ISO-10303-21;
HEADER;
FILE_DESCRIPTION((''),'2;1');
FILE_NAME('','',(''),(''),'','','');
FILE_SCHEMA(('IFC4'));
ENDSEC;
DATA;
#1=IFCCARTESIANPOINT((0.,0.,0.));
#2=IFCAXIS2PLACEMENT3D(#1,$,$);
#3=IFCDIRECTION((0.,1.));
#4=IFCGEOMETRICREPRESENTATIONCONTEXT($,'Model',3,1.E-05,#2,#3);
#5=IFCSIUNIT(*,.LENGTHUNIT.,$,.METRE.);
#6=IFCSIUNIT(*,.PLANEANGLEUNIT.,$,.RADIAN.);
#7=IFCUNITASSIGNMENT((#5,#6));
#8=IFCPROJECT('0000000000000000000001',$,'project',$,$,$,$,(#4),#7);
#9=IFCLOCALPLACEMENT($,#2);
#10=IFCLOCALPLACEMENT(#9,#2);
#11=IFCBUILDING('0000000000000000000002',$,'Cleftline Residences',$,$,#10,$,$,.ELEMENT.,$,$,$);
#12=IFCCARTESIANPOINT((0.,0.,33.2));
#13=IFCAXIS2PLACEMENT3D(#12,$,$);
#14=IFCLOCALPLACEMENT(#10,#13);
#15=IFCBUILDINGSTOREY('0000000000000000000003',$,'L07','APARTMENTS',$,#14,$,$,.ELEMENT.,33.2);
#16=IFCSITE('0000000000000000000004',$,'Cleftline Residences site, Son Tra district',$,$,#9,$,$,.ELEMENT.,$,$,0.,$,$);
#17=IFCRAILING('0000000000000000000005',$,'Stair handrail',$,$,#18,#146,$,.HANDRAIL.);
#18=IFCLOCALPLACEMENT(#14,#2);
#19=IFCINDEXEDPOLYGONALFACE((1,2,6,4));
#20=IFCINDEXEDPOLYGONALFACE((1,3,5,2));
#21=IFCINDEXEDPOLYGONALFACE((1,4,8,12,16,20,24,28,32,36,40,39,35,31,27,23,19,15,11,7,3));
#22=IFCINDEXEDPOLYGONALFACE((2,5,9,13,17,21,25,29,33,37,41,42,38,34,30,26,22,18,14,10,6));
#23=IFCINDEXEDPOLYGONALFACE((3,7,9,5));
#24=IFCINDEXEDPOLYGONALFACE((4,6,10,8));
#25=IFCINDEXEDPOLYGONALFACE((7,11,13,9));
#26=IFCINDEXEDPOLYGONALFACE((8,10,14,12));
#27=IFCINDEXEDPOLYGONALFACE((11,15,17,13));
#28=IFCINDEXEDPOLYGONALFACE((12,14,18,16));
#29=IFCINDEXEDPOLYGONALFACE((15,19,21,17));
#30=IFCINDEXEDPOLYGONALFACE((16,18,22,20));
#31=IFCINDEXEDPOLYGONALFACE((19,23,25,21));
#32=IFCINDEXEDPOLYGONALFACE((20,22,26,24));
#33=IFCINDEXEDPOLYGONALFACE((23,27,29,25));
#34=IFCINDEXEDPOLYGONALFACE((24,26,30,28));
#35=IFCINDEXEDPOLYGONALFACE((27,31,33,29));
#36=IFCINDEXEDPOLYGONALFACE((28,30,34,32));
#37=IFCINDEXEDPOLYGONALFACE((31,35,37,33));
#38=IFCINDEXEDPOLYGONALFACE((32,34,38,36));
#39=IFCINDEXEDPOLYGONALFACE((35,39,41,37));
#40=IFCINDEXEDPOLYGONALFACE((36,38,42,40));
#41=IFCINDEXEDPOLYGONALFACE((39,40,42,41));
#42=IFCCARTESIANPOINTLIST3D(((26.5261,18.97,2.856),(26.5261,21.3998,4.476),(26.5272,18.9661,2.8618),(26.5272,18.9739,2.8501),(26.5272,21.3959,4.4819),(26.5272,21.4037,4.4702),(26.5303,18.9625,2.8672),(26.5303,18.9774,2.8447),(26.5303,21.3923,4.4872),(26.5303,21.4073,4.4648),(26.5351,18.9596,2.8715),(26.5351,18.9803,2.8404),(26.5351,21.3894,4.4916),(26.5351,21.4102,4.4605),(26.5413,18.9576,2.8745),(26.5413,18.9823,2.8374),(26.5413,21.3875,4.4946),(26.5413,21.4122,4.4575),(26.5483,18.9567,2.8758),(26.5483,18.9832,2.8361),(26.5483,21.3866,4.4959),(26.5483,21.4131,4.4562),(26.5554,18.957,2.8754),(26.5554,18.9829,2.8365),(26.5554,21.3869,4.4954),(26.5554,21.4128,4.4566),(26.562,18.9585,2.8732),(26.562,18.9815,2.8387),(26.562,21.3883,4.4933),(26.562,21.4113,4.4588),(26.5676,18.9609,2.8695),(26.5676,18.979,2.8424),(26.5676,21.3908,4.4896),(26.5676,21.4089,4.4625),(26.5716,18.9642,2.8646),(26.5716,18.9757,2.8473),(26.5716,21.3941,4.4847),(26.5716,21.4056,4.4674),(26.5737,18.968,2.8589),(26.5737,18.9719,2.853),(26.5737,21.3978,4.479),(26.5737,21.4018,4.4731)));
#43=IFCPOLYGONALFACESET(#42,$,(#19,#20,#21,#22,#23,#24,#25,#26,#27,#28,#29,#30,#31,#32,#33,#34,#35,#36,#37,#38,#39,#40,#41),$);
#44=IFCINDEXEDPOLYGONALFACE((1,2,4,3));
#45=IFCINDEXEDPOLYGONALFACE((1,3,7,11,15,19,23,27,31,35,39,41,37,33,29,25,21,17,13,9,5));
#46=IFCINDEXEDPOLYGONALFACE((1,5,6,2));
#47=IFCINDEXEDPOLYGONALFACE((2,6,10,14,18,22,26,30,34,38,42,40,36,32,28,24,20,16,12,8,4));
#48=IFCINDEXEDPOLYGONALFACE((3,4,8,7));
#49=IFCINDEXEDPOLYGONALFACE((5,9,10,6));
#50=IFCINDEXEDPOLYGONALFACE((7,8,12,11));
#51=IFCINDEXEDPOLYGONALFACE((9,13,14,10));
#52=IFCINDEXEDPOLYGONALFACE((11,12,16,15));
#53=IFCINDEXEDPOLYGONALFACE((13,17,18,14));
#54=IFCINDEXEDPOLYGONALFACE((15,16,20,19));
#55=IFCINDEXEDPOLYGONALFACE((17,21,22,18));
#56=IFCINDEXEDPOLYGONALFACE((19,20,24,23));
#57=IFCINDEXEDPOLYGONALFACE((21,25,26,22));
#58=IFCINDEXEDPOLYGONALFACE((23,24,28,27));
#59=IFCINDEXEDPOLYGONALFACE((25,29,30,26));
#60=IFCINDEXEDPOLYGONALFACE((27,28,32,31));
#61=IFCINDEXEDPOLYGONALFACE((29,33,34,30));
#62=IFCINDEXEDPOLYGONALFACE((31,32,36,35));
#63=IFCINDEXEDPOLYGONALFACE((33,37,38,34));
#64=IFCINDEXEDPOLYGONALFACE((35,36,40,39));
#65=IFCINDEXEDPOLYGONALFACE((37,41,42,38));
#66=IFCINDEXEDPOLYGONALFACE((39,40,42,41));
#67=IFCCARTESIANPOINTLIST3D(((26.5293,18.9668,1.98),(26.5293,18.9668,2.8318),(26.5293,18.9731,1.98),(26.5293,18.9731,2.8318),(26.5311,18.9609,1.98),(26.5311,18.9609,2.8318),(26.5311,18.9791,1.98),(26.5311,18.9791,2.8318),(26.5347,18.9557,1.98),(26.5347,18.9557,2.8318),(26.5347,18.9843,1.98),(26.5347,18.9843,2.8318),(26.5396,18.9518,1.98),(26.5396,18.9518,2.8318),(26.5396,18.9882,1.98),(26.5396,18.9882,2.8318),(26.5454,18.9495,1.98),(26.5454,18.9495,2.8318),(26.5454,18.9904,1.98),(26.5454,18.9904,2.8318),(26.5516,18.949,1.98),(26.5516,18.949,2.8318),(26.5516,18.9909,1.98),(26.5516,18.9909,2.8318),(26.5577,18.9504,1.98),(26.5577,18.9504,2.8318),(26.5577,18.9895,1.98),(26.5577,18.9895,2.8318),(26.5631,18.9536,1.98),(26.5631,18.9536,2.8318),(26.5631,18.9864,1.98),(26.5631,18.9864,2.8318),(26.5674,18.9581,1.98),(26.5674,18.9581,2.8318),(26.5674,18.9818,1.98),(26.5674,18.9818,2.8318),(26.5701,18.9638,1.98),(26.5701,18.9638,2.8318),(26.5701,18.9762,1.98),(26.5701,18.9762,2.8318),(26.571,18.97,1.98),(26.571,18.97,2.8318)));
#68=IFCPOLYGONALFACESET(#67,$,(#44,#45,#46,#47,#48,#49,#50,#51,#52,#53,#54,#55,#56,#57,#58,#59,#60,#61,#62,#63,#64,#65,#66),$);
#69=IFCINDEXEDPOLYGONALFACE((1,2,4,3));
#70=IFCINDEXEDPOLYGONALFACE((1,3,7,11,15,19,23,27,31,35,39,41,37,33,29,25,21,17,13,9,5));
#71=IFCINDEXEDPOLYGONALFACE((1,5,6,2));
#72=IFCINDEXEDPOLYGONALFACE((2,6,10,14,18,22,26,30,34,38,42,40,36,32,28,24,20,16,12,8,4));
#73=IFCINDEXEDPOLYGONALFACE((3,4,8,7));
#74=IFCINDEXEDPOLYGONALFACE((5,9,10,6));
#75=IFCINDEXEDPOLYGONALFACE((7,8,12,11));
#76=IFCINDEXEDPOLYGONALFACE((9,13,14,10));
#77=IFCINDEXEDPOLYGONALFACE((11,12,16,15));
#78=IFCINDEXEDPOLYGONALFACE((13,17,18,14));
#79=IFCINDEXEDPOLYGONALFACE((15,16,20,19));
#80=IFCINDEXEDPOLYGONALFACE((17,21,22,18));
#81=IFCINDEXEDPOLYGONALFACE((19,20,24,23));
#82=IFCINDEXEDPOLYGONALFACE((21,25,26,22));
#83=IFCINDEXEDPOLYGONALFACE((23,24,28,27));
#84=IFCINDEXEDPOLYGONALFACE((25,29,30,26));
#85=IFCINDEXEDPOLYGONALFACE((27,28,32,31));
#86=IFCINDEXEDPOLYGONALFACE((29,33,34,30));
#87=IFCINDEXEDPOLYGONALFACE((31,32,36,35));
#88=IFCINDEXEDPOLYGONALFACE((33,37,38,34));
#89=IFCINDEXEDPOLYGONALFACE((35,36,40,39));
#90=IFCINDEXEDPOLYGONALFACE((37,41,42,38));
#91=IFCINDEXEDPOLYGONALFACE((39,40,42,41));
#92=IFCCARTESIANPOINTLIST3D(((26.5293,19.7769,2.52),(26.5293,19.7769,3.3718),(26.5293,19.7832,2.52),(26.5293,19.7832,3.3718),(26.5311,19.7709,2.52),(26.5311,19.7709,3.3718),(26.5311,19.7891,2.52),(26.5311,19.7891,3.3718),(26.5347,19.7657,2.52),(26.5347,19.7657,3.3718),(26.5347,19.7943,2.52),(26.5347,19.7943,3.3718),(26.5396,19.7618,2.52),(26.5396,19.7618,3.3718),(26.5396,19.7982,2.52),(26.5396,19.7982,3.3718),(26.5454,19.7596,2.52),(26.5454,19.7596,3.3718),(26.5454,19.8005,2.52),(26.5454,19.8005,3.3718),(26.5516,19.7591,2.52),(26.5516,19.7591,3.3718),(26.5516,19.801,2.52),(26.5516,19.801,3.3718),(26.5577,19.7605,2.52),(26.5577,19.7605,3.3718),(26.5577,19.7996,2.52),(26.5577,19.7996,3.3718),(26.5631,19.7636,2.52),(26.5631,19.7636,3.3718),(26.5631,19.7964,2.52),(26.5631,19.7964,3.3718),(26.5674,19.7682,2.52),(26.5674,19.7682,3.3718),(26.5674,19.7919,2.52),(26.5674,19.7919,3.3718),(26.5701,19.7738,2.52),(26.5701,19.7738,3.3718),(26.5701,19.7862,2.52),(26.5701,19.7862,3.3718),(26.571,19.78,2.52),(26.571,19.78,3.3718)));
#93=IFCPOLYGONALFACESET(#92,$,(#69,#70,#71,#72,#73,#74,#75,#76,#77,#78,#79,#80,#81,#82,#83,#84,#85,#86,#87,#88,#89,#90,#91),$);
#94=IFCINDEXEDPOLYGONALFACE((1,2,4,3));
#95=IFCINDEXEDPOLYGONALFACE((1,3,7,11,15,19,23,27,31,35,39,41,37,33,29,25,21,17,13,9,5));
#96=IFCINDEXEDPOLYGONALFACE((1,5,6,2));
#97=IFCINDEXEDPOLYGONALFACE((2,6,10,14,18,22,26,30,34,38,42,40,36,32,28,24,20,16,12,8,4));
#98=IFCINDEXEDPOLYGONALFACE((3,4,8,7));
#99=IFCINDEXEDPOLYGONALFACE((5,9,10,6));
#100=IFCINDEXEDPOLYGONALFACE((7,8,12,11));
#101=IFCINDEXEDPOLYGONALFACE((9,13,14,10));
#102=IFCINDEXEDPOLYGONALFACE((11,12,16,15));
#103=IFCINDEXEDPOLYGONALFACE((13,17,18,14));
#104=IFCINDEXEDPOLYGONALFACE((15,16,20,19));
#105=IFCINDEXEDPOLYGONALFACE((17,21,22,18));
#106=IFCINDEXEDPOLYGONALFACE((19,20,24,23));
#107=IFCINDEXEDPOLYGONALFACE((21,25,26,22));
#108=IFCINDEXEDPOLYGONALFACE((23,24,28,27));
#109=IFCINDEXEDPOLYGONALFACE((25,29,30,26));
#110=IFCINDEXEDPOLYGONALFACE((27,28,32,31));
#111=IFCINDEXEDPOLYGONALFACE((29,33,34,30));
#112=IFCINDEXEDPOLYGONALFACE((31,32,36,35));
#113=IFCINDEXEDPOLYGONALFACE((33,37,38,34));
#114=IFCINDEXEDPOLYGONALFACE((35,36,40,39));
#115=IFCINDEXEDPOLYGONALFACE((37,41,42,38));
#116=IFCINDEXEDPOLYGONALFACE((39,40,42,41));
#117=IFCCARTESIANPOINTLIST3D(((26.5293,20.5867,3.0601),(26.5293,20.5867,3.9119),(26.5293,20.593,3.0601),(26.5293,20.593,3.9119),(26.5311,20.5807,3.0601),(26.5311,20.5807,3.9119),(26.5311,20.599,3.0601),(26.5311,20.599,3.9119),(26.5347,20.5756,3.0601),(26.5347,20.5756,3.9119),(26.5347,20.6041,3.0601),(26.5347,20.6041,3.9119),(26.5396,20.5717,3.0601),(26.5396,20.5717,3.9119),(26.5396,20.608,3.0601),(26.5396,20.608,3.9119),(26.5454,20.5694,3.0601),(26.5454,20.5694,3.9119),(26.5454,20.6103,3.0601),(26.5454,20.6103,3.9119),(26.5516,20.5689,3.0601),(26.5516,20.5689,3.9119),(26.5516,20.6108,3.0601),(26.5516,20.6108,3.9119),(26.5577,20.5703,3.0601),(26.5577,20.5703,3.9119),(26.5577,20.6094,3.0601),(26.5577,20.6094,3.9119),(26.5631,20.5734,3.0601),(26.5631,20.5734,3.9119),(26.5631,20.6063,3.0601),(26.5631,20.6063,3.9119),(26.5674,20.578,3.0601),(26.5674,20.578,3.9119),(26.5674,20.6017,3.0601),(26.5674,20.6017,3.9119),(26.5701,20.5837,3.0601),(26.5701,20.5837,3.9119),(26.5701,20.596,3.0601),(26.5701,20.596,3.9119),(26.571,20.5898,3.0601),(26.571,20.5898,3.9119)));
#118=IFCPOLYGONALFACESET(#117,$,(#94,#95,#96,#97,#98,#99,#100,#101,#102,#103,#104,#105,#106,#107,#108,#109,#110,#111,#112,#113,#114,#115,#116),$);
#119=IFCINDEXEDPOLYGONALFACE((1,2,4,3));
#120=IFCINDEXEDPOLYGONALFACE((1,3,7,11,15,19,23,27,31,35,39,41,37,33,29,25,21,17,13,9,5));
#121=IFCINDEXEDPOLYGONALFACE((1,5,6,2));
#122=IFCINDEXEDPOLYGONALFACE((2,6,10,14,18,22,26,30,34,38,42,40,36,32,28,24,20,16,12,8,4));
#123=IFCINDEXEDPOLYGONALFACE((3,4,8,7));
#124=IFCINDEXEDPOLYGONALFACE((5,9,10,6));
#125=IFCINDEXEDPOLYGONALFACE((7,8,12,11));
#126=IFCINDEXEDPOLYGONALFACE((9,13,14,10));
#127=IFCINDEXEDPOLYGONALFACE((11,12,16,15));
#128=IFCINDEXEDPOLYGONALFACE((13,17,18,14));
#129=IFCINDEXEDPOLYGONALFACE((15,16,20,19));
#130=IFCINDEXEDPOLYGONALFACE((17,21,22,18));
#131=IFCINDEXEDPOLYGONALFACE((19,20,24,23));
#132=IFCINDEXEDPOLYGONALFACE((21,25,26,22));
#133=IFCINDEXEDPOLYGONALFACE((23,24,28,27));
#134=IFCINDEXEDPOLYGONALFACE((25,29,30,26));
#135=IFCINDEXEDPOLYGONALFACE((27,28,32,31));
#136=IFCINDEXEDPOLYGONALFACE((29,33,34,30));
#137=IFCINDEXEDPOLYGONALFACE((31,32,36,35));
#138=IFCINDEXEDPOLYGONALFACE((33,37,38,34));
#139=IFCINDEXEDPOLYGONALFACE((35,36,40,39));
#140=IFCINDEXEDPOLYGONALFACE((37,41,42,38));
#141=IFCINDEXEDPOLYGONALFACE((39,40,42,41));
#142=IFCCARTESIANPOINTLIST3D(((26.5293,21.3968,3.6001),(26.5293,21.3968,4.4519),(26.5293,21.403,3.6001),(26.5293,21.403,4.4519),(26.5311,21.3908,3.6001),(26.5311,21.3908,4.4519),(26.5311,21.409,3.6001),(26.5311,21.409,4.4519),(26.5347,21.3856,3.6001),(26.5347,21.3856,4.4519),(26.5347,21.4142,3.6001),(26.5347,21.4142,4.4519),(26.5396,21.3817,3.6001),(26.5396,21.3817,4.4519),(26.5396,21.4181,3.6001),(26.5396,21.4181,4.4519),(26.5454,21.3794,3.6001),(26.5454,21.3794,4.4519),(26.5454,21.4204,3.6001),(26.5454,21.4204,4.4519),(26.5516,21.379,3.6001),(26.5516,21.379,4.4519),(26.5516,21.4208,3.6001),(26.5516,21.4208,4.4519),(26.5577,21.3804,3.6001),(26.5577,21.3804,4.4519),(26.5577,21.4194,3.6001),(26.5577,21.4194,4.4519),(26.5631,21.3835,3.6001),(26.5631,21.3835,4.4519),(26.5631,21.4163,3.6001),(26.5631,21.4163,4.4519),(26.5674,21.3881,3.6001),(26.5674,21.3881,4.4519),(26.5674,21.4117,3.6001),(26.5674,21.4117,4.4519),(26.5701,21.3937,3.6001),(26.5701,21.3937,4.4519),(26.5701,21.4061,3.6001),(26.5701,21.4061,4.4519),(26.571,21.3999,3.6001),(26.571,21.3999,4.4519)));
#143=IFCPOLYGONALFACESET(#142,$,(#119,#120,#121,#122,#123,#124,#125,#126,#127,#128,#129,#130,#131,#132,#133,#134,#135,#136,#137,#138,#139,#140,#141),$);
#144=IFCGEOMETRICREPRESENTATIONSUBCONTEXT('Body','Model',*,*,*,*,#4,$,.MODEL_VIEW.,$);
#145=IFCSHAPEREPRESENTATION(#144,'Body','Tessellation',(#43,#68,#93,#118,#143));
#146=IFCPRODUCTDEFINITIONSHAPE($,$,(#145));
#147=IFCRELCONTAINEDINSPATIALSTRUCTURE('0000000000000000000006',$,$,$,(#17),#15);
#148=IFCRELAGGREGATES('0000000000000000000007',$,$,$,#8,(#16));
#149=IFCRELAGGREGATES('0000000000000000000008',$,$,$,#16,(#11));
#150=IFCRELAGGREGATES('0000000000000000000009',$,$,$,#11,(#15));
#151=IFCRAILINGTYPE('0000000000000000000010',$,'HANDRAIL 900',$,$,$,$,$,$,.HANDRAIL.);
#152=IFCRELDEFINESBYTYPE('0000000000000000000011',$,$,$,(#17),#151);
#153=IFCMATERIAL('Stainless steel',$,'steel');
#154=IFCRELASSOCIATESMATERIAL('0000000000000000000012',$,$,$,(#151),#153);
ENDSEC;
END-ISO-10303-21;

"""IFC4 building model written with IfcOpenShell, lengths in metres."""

from ifc_helpers import new_model, si_unit, direction, frame, origin, origin_2d, place, context, subcontext, project, spatial, circle, extrude, material, type_object, element, save


model = new_model("IFC4")

# Units and contexts
model_context = context("Model", 3, precision=1e-05, world=origin(), true_north=direction((0.0, 1.0)))
body_context = subcontext(model_context, "Body", "Model", "MODEL_VIEW")
ifc_project = project(units=[si_unit("LENGTHUNIT", "METRE"), si_unit("PLANEANGLEUNIT", "RADIAN")], contexts=[model_context])

# Site, building, storey
site_placement = place(None, origin())
site = spatial("IfcSite", under=ifc_project, at=site_placement, Name="Cleftline Residences site, Son Tra district", CompositionType="ELEMENT", RefElevation=0.0)
building_placement = place(site_placement, origin())
building = spatial("IfcBuilding", under=site, at=building_placement, Name="Cleftline Residences", CompositionType="ELEMENT")
storey_placement = place(building_placement, frame((0.0, 0.0, 33.2)))
storey = spatial("IfcBuildingStorey", under=building, at=storey_placement, Name="L07", Description="APARTMENTS", CompositionType="ELEMENT", Elevation=33.2)

# Railing
ifc_material_1 = material(Name="Stainless steel", Category="steel")
railing_type = type_object("IfcRailingType", Name="HANDRAIL 900", PredefinedType="HANDRAIL", material=ifc_material_1)
railing_1_placement = place(storey_placement, frame((26.55, 18.97, 1.98)))
element("IfcRailing", 1, at=railing_1_placement, inside=storey, type_object=railing_type, Name="Stair handrail", PredefinedType="HANDRAIL", context=body_context, shape_type="SweptSolid", body=[
    extrude(circle(Radius=0.0239, at=origin_2d()), frame((0.0, 0.0, 0.876), z_axis=(0.0, 0.832025, 0.554739), x_axis=(-1.0, 0.0, 0.0)), (0.0, 0.0, 1.0), 2.9204),
    extrude(circle(Radius=0.021, at=origin_2d()), origin(), (0.0, 0.0, 1.0), 0.8518),
    extrude(circle(Radius=0.021, at=origin_2d()), frame((0.0, 0.8101, 0.54)), (0.0, 0.0, 1.0), 0.8518),
    extrude(circle(Radius=0.021, at=origin_2d()), frame((0.0, 1.6199, 1.0801)), (0.0, 0.0, 1.0), 0.8518),
    extrude(circle(Radius=0.021, at=origin_2d()), frame((0.0, 2.4299, 1.6201)), (0.0, 0.0, 1.0), 0.8518),
])

save(model, "model.ifc")
